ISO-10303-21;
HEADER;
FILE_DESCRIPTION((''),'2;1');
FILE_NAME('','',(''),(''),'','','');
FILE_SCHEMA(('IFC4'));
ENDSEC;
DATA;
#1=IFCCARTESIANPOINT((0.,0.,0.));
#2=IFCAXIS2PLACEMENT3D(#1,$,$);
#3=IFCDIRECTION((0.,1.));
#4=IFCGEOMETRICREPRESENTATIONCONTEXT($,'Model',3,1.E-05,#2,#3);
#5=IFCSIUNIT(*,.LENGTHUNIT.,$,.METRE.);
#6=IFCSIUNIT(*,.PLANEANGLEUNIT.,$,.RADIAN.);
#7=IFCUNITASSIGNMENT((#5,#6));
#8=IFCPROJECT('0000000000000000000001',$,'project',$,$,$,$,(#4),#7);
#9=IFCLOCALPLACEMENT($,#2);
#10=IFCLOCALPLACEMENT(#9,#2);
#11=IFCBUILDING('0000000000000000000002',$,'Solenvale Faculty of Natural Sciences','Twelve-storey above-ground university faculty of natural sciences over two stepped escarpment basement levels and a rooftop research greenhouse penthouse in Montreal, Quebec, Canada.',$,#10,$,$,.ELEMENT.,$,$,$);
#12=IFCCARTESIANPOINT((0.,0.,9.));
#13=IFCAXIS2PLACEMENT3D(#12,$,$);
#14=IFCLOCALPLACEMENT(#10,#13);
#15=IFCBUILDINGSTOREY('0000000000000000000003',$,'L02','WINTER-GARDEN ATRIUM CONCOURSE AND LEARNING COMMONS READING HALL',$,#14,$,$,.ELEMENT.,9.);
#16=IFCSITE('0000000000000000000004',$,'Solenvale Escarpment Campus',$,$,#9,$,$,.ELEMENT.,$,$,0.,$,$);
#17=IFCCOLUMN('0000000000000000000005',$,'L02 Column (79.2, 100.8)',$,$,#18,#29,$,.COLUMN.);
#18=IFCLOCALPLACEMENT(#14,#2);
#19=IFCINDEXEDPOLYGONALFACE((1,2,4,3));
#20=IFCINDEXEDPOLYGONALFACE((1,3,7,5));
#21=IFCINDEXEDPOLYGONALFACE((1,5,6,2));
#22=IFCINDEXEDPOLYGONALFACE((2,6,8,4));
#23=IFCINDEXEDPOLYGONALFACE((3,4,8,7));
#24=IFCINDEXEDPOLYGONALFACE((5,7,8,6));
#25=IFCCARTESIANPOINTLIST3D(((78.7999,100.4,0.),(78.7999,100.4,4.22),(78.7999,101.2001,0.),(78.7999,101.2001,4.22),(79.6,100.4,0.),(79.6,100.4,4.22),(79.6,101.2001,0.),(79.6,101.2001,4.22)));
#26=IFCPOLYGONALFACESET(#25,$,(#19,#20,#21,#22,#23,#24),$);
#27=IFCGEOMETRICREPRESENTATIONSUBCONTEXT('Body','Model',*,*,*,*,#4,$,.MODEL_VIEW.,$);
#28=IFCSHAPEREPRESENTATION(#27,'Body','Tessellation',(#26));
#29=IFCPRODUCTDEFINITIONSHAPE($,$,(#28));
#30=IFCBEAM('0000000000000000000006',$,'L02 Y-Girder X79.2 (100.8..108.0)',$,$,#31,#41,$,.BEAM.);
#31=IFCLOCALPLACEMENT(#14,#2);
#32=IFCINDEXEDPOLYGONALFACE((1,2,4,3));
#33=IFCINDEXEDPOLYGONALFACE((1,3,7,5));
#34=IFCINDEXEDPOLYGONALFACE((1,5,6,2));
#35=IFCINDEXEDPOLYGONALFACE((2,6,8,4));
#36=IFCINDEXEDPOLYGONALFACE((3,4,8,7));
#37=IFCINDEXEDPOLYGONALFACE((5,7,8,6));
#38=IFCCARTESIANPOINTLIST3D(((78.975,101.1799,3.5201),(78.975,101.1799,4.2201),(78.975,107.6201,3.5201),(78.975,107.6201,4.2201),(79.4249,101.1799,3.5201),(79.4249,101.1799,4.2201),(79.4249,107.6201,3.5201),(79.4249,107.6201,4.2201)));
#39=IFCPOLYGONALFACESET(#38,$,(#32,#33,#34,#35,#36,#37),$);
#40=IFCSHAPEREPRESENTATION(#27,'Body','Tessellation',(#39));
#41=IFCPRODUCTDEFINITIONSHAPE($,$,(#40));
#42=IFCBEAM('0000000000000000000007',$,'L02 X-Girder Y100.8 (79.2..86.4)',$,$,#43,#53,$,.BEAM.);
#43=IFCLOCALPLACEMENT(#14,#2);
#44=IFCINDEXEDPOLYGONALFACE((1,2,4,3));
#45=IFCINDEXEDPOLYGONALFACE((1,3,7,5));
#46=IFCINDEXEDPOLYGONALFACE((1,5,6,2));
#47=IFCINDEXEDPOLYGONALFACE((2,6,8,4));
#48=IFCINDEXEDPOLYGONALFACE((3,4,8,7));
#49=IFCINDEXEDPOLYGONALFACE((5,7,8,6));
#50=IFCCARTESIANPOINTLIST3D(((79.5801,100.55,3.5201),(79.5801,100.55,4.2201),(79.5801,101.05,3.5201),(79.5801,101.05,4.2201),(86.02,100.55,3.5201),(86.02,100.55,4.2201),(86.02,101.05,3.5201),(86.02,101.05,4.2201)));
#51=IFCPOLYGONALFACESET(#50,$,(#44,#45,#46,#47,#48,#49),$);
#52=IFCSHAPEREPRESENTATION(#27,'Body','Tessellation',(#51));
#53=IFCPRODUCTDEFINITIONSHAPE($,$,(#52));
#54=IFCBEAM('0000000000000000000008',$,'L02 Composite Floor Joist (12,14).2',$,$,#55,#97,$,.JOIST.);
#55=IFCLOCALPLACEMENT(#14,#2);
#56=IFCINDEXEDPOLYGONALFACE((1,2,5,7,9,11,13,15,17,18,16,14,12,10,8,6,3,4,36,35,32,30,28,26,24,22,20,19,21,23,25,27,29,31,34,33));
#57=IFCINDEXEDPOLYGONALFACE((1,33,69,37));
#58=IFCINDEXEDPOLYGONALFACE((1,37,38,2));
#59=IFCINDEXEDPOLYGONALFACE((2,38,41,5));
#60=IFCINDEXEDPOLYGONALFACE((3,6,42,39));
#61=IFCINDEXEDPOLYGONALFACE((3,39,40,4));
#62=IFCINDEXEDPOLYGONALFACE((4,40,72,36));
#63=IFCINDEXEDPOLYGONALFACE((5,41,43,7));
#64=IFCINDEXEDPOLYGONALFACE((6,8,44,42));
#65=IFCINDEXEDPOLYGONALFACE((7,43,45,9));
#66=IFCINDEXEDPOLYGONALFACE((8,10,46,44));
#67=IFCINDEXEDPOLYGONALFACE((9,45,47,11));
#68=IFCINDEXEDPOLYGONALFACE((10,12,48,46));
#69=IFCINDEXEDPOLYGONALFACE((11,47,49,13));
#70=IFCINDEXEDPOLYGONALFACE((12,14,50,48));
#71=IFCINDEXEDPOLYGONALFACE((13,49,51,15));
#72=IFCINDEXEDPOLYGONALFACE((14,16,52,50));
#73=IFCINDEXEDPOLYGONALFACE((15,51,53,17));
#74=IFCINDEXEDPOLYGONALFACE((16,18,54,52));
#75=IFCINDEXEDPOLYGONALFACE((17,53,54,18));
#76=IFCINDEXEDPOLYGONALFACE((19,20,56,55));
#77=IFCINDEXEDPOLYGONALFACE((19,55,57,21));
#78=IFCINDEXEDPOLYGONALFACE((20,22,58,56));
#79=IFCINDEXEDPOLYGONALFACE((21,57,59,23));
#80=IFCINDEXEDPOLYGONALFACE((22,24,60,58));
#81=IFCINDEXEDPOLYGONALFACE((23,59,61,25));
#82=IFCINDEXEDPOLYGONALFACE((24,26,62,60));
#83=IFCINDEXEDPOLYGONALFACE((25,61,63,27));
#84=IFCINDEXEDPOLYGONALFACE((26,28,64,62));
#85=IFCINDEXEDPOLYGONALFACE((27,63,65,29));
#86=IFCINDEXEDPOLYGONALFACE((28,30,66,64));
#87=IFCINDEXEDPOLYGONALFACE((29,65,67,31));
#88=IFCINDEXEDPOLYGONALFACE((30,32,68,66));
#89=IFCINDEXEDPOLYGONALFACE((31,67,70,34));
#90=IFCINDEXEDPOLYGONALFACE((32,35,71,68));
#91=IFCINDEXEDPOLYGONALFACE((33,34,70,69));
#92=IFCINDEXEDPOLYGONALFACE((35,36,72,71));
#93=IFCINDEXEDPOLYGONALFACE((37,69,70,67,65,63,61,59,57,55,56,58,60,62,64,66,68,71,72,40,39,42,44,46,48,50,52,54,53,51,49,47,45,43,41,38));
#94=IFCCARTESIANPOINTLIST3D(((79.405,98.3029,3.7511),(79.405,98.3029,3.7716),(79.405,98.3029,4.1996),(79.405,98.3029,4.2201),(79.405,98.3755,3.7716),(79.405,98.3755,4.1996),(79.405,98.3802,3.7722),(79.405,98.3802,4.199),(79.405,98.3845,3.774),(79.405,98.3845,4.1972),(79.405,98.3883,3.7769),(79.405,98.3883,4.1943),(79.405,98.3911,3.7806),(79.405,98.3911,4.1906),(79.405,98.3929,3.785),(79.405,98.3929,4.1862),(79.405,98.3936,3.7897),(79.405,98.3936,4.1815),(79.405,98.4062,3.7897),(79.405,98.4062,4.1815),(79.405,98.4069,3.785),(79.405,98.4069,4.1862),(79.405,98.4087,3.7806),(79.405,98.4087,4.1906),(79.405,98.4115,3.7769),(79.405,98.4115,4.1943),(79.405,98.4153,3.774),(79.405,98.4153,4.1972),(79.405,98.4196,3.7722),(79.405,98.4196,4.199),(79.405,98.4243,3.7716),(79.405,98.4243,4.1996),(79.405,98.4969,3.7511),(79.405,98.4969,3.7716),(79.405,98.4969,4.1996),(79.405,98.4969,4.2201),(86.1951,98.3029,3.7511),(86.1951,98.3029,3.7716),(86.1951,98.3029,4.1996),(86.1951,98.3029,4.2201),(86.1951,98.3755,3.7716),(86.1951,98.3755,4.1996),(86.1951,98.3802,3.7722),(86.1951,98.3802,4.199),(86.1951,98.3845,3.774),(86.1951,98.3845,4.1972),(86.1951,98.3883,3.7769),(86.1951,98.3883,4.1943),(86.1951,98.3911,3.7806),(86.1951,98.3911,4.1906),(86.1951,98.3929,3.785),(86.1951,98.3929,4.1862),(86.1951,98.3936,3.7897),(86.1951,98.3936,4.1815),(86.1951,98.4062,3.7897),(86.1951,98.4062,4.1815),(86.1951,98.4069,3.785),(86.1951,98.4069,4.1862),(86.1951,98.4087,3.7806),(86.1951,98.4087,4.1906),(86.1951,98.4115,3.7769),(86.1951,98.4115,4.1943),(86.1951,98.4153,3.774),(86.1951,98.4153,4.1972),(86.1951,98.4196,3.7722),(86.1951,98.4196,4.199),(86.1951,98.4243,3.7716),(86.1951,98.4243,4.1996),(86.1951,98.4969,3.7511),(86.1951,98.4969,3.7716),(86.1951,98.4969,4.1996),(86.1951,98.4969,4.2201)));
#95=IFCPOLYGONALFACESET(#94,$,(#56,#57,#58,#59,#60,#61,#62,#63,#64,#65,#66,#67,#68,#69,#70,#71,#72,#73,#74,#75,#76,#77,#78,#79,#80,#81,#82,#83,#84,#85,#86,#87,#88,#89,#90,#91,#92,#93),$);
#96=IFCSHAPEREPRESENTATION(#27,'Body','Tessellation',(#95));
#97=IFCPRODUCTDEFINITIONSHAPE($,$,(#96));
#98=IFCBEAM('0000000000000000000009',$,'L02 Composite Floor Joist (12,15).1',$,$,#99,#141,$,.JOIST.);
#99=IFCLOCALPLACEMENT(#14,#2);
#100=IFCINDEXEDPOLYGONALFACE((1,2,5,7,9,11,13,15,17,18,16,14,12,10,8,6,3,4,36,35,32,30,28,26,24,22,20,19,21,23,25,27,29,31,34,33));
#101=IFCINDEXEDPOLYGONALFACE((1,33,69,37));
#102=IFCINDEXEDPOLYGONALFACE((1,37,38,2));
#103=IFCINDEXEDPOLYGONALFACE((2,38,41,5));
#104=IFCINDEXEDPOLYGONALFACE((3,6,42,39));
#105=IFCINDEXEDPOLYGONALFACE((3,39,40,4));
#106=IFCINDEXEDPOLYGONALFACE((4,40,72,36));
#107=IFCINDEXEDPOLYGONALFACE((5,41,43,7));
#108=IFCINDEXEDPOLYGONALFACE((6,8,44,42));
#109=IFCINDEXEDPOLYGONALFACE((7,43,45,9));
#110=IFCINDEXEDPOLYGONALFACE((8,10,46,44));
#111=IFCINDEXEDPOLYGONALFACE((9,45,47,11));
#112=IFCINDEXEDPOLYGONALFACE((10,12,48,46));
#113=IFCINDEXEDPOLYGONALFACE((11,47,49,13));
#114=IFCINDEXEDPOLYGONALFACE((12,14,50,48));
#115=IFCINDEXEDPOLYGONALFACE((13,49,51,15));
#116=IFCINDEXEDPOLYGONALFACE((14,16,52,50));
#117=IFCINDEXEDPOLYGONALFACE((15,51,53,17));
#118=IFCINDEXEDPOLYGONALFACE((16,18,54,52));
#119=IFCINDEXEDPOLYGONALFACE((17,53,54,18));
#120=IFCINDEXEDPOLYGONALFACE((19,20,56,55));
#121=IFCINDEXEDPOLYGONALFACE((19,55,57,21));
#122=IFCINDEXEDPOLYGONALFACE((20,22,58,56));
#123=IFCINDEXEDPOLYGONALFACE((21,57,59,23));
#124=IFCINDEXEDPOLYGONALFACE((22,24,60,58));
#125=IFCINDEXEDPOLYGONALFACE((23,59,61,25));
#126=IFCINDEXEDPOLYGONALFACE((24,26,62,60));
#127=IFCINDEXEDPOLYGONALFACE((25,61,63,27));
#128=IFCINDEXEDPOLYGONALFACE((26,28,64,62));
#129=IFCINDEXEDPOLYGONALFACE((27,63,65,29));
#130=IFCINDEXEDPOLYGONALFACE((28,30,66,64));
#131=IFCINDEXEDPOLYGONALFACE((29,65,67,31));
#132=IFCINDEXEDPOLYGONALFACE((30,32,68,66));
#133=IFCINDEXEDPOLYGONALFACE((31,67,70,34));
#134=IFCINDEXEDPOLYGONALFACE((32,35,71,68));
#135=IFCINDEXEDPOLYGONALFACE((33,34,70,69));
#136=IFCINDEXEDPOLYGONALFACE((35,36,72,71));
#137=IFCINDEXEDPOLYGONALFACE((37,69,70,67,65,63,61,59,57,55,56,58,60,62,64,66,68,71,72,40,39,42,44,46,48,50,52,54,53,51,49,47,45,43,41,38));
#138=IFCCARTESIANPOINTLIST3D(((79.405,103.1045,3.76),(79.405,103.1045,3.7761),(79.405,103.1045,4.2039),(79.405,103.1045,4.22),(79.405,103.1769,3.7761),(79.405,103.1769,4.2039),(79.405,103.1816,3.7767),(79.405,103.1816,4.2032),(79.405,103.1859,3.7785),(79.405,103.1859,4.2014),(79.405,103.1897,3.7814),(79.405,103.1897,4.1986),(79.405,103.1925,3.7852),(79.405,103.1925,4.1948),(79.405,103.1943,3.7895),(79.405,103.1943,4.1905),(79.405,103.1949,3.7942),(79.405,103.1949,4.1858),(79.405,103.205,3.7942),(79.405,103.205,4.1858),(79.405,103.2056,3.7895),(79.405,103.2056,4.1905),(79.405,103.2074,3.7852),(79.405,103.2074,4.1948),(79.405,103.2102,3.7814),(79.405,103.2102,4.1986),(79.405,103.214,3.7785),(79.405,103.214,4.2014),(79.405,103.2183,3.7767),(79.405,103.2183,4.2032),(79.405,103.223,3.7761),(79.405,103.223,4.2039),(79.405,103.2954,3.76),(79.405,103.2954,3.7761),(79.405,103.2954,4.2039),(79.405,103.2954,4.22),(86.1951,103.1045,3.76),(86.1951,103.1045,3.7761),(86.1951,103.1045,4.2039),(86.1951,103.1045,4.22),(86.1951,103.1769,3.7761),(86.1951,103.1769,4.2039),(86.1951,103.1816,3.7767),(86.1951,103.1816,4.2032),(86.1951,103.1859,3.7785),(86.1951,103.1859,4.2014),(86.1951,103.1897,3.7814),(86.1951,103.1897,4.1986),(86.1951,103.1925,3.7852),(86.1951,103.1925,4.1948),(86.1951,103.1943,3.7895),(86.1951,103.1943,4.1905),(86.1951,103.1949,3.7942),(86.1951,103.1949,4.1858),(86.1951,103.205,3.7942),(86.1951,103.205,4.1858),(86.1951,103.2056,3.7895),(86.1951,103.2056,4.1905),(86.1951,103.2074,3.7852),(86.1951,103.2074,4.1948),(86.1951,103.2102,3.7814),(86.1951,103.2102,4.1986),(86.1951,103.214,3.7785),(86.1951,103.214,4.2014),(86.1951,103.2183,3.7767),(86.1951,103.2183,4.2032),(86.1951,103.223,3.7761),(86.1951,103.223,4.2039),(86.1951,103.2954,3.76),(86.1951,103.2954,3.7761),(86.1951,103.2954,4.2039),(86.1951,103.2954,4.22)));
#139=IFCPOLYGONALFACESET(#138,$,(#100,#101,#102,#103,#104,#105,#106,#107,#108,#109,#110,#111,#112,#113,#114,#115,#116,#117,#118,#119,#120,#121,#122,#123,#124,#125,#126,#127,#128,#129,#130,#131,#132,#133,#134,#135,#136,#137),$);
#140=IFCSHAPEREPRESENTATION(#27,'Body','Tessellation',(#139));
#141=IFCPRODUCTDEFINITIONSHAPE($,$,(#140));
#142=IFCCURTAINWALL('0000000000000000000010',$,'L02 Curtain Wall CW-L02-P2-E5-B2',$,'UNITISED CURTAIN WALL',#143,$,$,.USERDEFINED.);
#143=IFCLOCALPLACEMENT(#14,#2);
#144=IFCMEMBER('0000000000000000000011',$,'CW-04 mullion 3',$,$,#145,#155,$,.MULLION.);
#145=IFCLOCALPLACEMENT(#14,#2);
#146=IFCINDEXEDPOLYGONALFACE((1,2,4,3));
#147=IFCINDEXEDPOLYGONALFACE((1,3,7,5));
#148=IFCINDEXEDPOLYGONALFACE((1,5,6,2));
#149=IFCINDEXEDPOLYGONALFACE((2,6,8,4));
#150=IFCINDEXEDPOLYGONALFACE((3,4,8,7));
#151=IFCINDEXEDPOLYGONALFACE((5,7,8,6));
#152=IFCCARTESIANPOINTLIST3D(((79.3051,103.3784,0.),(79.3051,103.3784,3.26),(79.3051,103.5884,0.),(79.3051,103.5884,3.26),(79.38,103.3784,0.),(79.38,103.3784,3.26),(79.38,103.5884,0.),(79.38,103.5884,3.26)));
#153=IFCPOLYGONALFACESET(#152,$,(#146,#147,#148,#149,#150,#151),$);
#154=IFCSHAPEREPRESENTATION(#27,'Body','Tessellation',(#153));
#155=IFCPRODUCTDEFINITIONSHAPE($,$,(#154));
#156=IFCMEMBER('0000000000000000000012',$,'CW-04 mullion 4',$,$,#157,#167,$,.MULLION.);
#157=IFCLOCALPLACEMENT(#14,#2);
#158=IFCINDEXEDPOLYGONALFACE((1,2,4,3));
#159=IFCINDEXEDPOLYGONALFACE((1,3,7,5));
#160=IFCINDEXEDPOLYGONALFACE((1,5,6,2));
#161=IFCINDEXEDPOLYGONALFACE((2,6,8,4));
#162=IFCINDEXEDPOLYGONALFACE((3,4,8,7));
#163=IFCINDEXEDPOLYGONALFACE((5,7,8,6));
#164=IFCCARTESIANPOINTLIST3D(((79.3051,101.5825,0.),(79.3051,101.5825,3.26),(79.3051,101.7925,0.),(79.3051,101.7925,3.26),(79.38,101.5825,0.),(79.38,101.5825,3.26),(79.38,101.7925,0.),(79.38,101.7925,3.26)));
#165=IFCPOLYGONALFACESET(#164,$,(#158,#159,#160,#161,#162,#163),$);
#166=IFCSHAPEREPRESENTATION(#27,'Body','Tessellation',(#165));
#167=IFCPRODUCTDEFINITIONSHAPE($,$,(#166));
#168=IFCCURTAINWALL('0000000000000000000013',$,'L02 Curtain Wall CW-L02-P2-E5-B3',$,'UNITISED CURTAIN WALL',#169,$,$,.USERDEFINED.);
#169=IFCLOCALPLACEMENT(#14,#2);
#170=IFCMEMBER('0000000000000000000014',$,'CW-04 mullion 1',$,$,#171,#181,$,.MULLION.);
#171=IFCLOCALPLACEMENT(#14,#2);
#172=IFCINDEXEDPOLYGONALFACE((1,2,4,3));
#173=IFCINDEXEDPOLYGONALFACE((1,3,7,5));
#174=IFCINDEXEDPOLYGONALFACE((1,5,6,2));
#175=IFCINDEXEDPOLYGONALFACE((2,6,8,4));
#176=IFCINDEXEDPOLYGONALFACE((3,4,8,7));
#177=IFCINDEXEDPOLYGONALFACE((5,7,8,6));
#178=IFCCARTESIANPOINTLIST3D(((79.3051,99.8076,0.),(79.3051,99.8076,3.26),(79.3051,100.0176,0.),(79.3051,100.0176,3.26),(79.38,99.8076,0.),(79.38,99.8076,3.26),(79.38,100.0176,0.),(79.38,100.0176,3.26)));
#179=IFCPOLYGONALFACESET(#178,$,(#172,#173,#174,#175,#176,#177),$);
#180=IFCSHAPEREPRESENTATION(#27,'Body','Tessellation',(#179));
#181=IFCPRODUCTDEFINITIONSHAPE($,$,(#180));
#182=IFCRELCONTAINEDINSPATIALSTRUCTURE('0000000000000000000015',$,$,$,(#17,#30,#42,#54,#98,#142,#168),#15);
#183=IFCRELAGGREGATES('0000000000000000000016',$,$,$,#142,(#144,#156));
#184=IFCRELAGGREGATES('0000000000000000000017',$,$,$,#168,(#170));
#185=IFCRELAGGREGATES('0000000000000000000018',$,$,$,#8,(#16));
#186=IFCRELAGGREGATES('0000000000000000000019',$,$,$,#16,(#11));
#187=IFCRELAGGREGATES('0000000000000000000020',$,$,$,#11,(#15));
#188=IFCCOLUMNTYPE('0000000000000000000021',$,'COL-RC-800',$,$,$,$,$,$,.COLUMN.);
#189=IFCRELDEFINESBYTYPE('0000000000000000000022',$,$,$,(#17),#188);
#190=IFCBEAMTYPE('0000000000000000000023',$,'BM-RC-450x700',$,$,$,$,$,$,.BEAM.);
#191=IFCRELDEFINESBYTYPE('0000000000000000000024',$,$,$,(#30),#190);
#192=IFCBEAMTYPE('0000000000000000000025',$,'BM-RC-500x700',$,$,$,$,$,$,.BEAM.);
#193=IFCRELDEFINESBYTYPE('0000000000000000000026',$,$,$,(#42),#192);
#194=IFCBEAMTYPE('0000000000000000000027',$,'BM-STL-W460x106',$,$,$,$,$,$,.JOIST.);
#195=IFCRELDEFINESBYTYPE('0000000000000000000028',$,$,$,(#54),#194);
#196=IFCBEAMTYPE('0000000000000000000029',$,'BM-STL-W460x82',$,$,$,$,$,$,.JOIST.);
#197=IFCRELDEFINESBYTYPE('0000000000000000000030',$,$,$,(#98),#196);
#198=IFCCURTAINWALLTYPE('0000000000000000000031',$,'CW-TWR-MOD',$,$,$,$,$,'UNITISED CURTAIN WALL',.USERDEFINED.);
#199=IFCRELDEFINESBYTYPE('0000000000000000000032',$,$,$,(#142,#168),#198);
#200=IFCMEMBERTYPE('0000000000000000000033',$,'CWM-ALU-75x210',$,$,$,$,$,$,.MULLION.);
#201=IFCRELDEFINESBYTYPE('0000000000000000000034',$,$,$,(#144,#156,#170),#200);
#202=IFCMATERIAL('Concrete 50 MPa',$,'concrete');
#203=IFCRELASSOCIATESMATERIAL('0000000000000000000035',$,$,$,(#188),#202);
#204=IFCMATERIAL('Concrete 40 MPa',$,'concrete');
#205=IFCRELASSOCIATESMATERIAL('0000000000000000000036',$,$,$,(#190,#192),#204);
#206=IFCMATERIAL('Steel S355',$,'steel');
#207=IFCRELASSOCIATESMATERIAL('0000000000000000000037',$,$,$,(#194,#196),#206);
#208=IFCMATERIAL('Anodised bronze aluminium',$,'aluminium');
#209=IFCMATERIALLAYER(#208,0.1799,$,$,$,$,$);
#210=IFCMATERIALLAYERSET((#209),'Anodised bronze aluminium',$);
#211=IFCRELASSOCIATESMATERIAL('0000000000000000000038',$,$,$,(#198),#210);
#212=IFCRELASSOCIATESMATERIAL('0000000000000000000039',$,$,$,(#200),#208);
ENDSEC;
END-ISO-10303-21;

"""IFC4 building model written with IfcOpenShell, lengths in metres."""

from ifc_helpers import new_model, si_unit, direction, frame, origin, origin_2d, place, context, subcontext, project, spatial, rectangle, i_section, extrude, material, layer, layer_set, material_profile, profile_set, type_object, element, aggregate, save


model = new_model("IFC4")

# Units and contexts
model_context = context("Model", 3, precision=1e-05, world=origin(), true_north=direction((0.0, 1.0)))
body_context = subcontext(model_context, "Body", "Model", "MODEL_VIEW")
ifc_project = project(units=[si_unit("LENGTHUNIT", "METRE"), si_unit("PLANEANGLEUNIT", "RADIAN")], contexts=[model_context])

# Site, building, storey
site_placement = place(None, origin())
site = spatial("IfcSite", under=ifc_project, at=site_placement, Name="Solenvale Escarpment Campus", CompositionType="ELEMENT", RefElevation=0.0)
building_placement = place(site_placement, origin())
building = spatial("IfcBuilding", under=site, at=building_placement, Name="Solenvale Faculty of Natural Sciences", Description="Twelve-storey above-ground university faculty of natural sciences over two stepped escarpment basement levels and a rooftop research greenhouse penthouse in Montreal, Quebec, Canada.", CompositionType="ELEMENT")
storey_placement = place(building_placement, frame((0.0, 0.0, 9.0)))
storey = spatial("IfcBuildingStorey", under=building, at=storey_placement, Name="L02", Description="WINTER-GARDEN ATRIUM CONCOURSE AND LEARNING COMMONS READING HALL", CompositionType="ELEMENT", Elevation=9.0)

# Column
ifc_material_1 = material(Name="Concrete 50 MPa", Category="concrete")
ifc_material_profile_1 = material_profile(ifc_material_1, rectangle(XDim=0.8, YDim=0.8, at=origin_2d()), Name="RC-COL-800x800")
ifc_profile_set_1 = profile_set([ifc_material_profile_1], Name="Concrete 50 MPa")
column_type = type_object("IfcColumnType", Name="COL-RC-800", PredefinedType="COLUMN", material=ifc_profile_set_1)
column_placement = place(storey_placement, frame((79.2, 100.8, 0.0), z_axis=(0.0, 0.0, 1.0), x_axis=(1.0, 0.0, 0.0)))
element("IfcColumn", 1, at=column_placement, inside=storey, type_object=column_type, Name="L02 Column (79.2, 100.8)", PredefinedType="COLUMN", context=body_context, shape_type="SweptSolid", body=[
    extrude(rectangle(XDim=0.8, YDim=0.8, at=origin_2d()), origin(), (0.0, 0.0, 1.0), 4.22),
])

# Beams
ifc_material_2 = material(Name="Concrete 40 MPa", Category="concrete")
ifc_material_profile_2 = material_profile(ifc_material_2, rectangle(XDim=0.45, YDim=0.7, at=origin_2d()), Name="RC-BM-450x700")
ifc_profile_set_2 = profile_set([ifc_material_profile_2], Name="Concrete 40 MPa")
beam_type_1 = type_object("IfcBeamType", Name="BM-RC-450x700", PredefinedType="BEAM", material=ifc_profile_set_2)
beam_1_placement = place(storey_placement, frame((79.2, 101.1799, 3.8701), z_axis=(0.0, 1.0, 0.0), x_axis=(-1.0, 0.0, 0.0)))
element("IfcBeam", 2, at=beam_1_placement, inside=storey, type_object=beam_type_1, Name="L02 Y-Girder X79.2 (100.8..108.0)", PredefinedType="BEAM", context=body_context, shape_type="SweptSolid", body=[
    extrude(rectangle(XDim=0.45, YDim=0.7, at=origin_2d()), origin(), (0.0, 0.0, 1.0), 6.4402),
])
ifc_material_profile_3 = material_profile(ifc_material_2, rectangle(XDim=0.5, YDim=0.7, at=origin_2d()), Name="RC-BM-500x700")
ifc_profile_set_3 = profile_set([ifc_material_profile_3], Name="Concrete 40 MPa")
beam_type_2 = type_object("IfcBeamType", Name="BM-RC-500x700", PredefinedType="BEAM", material=ifc_profile_set_3)
beam_2_placement = place(storey_placement, frame((79.5801, 100.8, 3.8701), z_axis=(1.0, 0.0, 0.0), x_axis=(0.0, 1.0, 0.0)))
element("IfcBeam", 3, at=beam_2_placement, inside=storey, type_object=beam_type_2, Name="L02 X-Girder Y100.8 (79.2..86.4)", PredefinedType="BEAM", context=body_context, shape_type="SweptSolid", body=[
    extrude(rectangle(XDim=0.5, YDim=0.7, at=origin_2d()), origin(), (0.0, 0.0, 1.0), 6.4399),
])
ifc_material_3 = material(Name="Steel S355", Category="steel")
ifc_material_profile_4 = material_profile(ifc_material_3, i_section(OverallWidth=0.1941, OverallDepth=0.469, WebThickness=0.0127, FlangeThickness=0.0205, FilletRadius=0.0181, at=origin_2d()), Name="W460x106")
ifc_profile_set_4 = profile_set([ifc_material_profile_4], Name="Steel S355")
beam_type_3 = type_object("IfcBeamType", Name="BM-STL-W460x106", PredefinedType="JOIST", material=ifc_profile_set_4)
beam_3_placement = place(storey_placement, frame((79.405, 98.3999, 3.9856), z_axis=(1.0, 0.0, 0.0), x_axis=(0.0, 1.0, 0.0)))
element("IfcBeam", 4, at=beam_3_placement, inside=storey, type_object=beam_type_3, Name="L02 Composite Floor Joist (12,14).2", PredefinedType="JOIST", context=body_context, shape_type="SweptSolid", body=[
    extrude(i_section(OverallWidth=0.1941, OverallDepth=0.469, WebThickness=0.0127, FlangeThickness=0.0205, FilletRadius=0.0181, at=origin_2d()), origin(), (0.0, 0.0, 1.0), 6.79),
])
ifc_material_profile_5 = material_profile(ifc_material_3, i_section(OverallWidth=0.1909, OverallDepth=0.46, WebThickness=0.01, FlangeThickness=0.0161, FilletRadius=0.0181, at=origin_2d()), Name="W460x82")
ifc_profile_set_5 = profile_set([ifc_material_profile_5], Name="Steel S355")
beam_type_4 = type_object("IfcBeamType", Name="BM-STL-W460x82", PredefinedType="JOIST", material=ifc_profile_set_5)
beam_4_placement = place(storey_placement, frame((79.405, 103.2, 3.99), z_axis=(1.0, 0.0, 0.0), x_axis=(0.0, 1.0, 0.0)))
element("IfcBeam", 5, at=beam_4_placement, inside=storey, type_object=beam_type_4, Name="L02 Composite Floor Joist (12,15).1", PredefinedType="JOIST", context=body_context, shape_type="SweptSolid", body=[
    extrude(i_section(OverallWidth=0.1909, OverallDepth=0.46, WebThickness=0.01, FlangeThickness=0.0161, FilletRadius=0.0181, at=origin_2d()), origin(), (0.0, 0.0, 1.0), 6.79),
])

# Curtain walls, members
ifc_material_4 = material(Name="Anodised bronze aluminium", Category="aluminium")
ifc_layer_1 = layer(ifc_material_4, 0.1799)
ifc_layer_set_1 = layer_set([ifc_layer_1], Name="Anodised bronze aluminium")
curtain_wall_type = type_object("IfcCurtainWallType", Name="CW-TWR-MOD", ElementType="UNITISED CURTAIN WALL", PredefinedType="USERDEFINED", material=ifc_layer_set_1)
curtain_wall_1_placement = place(storey_placement, origin())
curtain_wall_1 = element("IfcCurtainWall", 6, at=curtain_wall_1_placement, inside=storey, type_object=curtain_wall_type, Name="L02 Curtain Wall CW-L02-P2-E5-B2", ObjectType="UNITISED CURTAIN WALL", PredefinedType="USERDEFINED")
ifc_material_profile_6 = material_profile(ifc_material_4, rectangle(XDim=0.075, YDim=0.21, at=origin_2d()), Name="ALU-MUL-75x210")
ifc_profile_set_6 = profile_set([ifc_material_profile_6], Name="Anodised bronze aluminium")
member_type_1 = type_object("IfcMemberType", Name="CWM-ALU-75x210", PredefinedType="MULLION", material=ifc_profile_set_6)
member_1_placement = place(storey_placement, frame((79.3425, 103.4834, 0.0), z_axis=(0.0, 0.0, 1.0), x_axis=(1.0, 0.0, 0.0)))
member_1 = element("IfcMember", 7, at=member_1_placement, type_object=member_type_1, Name="CW-04 mullion 3", PredefinedType="MULLION", context=body_context, shape_type="SweptSolid", body=[
    extrude(rectangle(XDim=0.075, YDim=0.21, at=origin_2d()), origin(), (0.0, 0.0, 1.0), 3.26),
])
member_2_placement = place(storey_placement, frame((79.3425, 101.6875, 0.0), z_axis=(0.0, 0.0, 1.0), x_axis=(1.0, 0.0, 0.0)))
member_2 = element("IfcMember", 8, at=member_2_placement, type_object=member_type_1, Name="CW-04 mullion 4", PredefinedType="MULLION", context=body_context, shape_type="SweptSolid", body=[
    extrude(rectangle(XDim=0.075, YDim=0.21, at=origin_2d()), origin(), (0.0, 0.0, 1.0), 3.26),
])
curtain_wall_2_placement = place(storey_placement, origin())
curtain_wall_2 = element("IfcCurtainWall", 9, at=curtain_wall_2_placement, inside=storey, type_object=curtain_wall_type, Name="L02 Curtain Wall CW-L02-P2-E5-B3", ObjectType="UNITISED CURTAIN WALL", PredefinedType="USERDEFINED")
member_3_placement = place(storey_placement, frame((79.3425, 99.9126, 0.0), z_axis=(0.0, 0.0, 1.0), x_axis=(1.0, 0.0, 0.0)))
member_3 = element("IfcMember", 10, at=member_3_placement, type_object=member_type_1, Name="CW-04 mullion 1", PredefinedType="MULLION", context=body_context, shape_type="SweptSolid", body=[
    extrude(rectangle(XDim=0.075, YDim=0.21, at=origin_2d()), origin(), (0.0, 0.0, 1.0), 3.26),
])

aggregate(curtain_wall_1, [member_1, member_2])
aggregate(curtain_wall_2, [member_3])

save(model, "model.ifc")
